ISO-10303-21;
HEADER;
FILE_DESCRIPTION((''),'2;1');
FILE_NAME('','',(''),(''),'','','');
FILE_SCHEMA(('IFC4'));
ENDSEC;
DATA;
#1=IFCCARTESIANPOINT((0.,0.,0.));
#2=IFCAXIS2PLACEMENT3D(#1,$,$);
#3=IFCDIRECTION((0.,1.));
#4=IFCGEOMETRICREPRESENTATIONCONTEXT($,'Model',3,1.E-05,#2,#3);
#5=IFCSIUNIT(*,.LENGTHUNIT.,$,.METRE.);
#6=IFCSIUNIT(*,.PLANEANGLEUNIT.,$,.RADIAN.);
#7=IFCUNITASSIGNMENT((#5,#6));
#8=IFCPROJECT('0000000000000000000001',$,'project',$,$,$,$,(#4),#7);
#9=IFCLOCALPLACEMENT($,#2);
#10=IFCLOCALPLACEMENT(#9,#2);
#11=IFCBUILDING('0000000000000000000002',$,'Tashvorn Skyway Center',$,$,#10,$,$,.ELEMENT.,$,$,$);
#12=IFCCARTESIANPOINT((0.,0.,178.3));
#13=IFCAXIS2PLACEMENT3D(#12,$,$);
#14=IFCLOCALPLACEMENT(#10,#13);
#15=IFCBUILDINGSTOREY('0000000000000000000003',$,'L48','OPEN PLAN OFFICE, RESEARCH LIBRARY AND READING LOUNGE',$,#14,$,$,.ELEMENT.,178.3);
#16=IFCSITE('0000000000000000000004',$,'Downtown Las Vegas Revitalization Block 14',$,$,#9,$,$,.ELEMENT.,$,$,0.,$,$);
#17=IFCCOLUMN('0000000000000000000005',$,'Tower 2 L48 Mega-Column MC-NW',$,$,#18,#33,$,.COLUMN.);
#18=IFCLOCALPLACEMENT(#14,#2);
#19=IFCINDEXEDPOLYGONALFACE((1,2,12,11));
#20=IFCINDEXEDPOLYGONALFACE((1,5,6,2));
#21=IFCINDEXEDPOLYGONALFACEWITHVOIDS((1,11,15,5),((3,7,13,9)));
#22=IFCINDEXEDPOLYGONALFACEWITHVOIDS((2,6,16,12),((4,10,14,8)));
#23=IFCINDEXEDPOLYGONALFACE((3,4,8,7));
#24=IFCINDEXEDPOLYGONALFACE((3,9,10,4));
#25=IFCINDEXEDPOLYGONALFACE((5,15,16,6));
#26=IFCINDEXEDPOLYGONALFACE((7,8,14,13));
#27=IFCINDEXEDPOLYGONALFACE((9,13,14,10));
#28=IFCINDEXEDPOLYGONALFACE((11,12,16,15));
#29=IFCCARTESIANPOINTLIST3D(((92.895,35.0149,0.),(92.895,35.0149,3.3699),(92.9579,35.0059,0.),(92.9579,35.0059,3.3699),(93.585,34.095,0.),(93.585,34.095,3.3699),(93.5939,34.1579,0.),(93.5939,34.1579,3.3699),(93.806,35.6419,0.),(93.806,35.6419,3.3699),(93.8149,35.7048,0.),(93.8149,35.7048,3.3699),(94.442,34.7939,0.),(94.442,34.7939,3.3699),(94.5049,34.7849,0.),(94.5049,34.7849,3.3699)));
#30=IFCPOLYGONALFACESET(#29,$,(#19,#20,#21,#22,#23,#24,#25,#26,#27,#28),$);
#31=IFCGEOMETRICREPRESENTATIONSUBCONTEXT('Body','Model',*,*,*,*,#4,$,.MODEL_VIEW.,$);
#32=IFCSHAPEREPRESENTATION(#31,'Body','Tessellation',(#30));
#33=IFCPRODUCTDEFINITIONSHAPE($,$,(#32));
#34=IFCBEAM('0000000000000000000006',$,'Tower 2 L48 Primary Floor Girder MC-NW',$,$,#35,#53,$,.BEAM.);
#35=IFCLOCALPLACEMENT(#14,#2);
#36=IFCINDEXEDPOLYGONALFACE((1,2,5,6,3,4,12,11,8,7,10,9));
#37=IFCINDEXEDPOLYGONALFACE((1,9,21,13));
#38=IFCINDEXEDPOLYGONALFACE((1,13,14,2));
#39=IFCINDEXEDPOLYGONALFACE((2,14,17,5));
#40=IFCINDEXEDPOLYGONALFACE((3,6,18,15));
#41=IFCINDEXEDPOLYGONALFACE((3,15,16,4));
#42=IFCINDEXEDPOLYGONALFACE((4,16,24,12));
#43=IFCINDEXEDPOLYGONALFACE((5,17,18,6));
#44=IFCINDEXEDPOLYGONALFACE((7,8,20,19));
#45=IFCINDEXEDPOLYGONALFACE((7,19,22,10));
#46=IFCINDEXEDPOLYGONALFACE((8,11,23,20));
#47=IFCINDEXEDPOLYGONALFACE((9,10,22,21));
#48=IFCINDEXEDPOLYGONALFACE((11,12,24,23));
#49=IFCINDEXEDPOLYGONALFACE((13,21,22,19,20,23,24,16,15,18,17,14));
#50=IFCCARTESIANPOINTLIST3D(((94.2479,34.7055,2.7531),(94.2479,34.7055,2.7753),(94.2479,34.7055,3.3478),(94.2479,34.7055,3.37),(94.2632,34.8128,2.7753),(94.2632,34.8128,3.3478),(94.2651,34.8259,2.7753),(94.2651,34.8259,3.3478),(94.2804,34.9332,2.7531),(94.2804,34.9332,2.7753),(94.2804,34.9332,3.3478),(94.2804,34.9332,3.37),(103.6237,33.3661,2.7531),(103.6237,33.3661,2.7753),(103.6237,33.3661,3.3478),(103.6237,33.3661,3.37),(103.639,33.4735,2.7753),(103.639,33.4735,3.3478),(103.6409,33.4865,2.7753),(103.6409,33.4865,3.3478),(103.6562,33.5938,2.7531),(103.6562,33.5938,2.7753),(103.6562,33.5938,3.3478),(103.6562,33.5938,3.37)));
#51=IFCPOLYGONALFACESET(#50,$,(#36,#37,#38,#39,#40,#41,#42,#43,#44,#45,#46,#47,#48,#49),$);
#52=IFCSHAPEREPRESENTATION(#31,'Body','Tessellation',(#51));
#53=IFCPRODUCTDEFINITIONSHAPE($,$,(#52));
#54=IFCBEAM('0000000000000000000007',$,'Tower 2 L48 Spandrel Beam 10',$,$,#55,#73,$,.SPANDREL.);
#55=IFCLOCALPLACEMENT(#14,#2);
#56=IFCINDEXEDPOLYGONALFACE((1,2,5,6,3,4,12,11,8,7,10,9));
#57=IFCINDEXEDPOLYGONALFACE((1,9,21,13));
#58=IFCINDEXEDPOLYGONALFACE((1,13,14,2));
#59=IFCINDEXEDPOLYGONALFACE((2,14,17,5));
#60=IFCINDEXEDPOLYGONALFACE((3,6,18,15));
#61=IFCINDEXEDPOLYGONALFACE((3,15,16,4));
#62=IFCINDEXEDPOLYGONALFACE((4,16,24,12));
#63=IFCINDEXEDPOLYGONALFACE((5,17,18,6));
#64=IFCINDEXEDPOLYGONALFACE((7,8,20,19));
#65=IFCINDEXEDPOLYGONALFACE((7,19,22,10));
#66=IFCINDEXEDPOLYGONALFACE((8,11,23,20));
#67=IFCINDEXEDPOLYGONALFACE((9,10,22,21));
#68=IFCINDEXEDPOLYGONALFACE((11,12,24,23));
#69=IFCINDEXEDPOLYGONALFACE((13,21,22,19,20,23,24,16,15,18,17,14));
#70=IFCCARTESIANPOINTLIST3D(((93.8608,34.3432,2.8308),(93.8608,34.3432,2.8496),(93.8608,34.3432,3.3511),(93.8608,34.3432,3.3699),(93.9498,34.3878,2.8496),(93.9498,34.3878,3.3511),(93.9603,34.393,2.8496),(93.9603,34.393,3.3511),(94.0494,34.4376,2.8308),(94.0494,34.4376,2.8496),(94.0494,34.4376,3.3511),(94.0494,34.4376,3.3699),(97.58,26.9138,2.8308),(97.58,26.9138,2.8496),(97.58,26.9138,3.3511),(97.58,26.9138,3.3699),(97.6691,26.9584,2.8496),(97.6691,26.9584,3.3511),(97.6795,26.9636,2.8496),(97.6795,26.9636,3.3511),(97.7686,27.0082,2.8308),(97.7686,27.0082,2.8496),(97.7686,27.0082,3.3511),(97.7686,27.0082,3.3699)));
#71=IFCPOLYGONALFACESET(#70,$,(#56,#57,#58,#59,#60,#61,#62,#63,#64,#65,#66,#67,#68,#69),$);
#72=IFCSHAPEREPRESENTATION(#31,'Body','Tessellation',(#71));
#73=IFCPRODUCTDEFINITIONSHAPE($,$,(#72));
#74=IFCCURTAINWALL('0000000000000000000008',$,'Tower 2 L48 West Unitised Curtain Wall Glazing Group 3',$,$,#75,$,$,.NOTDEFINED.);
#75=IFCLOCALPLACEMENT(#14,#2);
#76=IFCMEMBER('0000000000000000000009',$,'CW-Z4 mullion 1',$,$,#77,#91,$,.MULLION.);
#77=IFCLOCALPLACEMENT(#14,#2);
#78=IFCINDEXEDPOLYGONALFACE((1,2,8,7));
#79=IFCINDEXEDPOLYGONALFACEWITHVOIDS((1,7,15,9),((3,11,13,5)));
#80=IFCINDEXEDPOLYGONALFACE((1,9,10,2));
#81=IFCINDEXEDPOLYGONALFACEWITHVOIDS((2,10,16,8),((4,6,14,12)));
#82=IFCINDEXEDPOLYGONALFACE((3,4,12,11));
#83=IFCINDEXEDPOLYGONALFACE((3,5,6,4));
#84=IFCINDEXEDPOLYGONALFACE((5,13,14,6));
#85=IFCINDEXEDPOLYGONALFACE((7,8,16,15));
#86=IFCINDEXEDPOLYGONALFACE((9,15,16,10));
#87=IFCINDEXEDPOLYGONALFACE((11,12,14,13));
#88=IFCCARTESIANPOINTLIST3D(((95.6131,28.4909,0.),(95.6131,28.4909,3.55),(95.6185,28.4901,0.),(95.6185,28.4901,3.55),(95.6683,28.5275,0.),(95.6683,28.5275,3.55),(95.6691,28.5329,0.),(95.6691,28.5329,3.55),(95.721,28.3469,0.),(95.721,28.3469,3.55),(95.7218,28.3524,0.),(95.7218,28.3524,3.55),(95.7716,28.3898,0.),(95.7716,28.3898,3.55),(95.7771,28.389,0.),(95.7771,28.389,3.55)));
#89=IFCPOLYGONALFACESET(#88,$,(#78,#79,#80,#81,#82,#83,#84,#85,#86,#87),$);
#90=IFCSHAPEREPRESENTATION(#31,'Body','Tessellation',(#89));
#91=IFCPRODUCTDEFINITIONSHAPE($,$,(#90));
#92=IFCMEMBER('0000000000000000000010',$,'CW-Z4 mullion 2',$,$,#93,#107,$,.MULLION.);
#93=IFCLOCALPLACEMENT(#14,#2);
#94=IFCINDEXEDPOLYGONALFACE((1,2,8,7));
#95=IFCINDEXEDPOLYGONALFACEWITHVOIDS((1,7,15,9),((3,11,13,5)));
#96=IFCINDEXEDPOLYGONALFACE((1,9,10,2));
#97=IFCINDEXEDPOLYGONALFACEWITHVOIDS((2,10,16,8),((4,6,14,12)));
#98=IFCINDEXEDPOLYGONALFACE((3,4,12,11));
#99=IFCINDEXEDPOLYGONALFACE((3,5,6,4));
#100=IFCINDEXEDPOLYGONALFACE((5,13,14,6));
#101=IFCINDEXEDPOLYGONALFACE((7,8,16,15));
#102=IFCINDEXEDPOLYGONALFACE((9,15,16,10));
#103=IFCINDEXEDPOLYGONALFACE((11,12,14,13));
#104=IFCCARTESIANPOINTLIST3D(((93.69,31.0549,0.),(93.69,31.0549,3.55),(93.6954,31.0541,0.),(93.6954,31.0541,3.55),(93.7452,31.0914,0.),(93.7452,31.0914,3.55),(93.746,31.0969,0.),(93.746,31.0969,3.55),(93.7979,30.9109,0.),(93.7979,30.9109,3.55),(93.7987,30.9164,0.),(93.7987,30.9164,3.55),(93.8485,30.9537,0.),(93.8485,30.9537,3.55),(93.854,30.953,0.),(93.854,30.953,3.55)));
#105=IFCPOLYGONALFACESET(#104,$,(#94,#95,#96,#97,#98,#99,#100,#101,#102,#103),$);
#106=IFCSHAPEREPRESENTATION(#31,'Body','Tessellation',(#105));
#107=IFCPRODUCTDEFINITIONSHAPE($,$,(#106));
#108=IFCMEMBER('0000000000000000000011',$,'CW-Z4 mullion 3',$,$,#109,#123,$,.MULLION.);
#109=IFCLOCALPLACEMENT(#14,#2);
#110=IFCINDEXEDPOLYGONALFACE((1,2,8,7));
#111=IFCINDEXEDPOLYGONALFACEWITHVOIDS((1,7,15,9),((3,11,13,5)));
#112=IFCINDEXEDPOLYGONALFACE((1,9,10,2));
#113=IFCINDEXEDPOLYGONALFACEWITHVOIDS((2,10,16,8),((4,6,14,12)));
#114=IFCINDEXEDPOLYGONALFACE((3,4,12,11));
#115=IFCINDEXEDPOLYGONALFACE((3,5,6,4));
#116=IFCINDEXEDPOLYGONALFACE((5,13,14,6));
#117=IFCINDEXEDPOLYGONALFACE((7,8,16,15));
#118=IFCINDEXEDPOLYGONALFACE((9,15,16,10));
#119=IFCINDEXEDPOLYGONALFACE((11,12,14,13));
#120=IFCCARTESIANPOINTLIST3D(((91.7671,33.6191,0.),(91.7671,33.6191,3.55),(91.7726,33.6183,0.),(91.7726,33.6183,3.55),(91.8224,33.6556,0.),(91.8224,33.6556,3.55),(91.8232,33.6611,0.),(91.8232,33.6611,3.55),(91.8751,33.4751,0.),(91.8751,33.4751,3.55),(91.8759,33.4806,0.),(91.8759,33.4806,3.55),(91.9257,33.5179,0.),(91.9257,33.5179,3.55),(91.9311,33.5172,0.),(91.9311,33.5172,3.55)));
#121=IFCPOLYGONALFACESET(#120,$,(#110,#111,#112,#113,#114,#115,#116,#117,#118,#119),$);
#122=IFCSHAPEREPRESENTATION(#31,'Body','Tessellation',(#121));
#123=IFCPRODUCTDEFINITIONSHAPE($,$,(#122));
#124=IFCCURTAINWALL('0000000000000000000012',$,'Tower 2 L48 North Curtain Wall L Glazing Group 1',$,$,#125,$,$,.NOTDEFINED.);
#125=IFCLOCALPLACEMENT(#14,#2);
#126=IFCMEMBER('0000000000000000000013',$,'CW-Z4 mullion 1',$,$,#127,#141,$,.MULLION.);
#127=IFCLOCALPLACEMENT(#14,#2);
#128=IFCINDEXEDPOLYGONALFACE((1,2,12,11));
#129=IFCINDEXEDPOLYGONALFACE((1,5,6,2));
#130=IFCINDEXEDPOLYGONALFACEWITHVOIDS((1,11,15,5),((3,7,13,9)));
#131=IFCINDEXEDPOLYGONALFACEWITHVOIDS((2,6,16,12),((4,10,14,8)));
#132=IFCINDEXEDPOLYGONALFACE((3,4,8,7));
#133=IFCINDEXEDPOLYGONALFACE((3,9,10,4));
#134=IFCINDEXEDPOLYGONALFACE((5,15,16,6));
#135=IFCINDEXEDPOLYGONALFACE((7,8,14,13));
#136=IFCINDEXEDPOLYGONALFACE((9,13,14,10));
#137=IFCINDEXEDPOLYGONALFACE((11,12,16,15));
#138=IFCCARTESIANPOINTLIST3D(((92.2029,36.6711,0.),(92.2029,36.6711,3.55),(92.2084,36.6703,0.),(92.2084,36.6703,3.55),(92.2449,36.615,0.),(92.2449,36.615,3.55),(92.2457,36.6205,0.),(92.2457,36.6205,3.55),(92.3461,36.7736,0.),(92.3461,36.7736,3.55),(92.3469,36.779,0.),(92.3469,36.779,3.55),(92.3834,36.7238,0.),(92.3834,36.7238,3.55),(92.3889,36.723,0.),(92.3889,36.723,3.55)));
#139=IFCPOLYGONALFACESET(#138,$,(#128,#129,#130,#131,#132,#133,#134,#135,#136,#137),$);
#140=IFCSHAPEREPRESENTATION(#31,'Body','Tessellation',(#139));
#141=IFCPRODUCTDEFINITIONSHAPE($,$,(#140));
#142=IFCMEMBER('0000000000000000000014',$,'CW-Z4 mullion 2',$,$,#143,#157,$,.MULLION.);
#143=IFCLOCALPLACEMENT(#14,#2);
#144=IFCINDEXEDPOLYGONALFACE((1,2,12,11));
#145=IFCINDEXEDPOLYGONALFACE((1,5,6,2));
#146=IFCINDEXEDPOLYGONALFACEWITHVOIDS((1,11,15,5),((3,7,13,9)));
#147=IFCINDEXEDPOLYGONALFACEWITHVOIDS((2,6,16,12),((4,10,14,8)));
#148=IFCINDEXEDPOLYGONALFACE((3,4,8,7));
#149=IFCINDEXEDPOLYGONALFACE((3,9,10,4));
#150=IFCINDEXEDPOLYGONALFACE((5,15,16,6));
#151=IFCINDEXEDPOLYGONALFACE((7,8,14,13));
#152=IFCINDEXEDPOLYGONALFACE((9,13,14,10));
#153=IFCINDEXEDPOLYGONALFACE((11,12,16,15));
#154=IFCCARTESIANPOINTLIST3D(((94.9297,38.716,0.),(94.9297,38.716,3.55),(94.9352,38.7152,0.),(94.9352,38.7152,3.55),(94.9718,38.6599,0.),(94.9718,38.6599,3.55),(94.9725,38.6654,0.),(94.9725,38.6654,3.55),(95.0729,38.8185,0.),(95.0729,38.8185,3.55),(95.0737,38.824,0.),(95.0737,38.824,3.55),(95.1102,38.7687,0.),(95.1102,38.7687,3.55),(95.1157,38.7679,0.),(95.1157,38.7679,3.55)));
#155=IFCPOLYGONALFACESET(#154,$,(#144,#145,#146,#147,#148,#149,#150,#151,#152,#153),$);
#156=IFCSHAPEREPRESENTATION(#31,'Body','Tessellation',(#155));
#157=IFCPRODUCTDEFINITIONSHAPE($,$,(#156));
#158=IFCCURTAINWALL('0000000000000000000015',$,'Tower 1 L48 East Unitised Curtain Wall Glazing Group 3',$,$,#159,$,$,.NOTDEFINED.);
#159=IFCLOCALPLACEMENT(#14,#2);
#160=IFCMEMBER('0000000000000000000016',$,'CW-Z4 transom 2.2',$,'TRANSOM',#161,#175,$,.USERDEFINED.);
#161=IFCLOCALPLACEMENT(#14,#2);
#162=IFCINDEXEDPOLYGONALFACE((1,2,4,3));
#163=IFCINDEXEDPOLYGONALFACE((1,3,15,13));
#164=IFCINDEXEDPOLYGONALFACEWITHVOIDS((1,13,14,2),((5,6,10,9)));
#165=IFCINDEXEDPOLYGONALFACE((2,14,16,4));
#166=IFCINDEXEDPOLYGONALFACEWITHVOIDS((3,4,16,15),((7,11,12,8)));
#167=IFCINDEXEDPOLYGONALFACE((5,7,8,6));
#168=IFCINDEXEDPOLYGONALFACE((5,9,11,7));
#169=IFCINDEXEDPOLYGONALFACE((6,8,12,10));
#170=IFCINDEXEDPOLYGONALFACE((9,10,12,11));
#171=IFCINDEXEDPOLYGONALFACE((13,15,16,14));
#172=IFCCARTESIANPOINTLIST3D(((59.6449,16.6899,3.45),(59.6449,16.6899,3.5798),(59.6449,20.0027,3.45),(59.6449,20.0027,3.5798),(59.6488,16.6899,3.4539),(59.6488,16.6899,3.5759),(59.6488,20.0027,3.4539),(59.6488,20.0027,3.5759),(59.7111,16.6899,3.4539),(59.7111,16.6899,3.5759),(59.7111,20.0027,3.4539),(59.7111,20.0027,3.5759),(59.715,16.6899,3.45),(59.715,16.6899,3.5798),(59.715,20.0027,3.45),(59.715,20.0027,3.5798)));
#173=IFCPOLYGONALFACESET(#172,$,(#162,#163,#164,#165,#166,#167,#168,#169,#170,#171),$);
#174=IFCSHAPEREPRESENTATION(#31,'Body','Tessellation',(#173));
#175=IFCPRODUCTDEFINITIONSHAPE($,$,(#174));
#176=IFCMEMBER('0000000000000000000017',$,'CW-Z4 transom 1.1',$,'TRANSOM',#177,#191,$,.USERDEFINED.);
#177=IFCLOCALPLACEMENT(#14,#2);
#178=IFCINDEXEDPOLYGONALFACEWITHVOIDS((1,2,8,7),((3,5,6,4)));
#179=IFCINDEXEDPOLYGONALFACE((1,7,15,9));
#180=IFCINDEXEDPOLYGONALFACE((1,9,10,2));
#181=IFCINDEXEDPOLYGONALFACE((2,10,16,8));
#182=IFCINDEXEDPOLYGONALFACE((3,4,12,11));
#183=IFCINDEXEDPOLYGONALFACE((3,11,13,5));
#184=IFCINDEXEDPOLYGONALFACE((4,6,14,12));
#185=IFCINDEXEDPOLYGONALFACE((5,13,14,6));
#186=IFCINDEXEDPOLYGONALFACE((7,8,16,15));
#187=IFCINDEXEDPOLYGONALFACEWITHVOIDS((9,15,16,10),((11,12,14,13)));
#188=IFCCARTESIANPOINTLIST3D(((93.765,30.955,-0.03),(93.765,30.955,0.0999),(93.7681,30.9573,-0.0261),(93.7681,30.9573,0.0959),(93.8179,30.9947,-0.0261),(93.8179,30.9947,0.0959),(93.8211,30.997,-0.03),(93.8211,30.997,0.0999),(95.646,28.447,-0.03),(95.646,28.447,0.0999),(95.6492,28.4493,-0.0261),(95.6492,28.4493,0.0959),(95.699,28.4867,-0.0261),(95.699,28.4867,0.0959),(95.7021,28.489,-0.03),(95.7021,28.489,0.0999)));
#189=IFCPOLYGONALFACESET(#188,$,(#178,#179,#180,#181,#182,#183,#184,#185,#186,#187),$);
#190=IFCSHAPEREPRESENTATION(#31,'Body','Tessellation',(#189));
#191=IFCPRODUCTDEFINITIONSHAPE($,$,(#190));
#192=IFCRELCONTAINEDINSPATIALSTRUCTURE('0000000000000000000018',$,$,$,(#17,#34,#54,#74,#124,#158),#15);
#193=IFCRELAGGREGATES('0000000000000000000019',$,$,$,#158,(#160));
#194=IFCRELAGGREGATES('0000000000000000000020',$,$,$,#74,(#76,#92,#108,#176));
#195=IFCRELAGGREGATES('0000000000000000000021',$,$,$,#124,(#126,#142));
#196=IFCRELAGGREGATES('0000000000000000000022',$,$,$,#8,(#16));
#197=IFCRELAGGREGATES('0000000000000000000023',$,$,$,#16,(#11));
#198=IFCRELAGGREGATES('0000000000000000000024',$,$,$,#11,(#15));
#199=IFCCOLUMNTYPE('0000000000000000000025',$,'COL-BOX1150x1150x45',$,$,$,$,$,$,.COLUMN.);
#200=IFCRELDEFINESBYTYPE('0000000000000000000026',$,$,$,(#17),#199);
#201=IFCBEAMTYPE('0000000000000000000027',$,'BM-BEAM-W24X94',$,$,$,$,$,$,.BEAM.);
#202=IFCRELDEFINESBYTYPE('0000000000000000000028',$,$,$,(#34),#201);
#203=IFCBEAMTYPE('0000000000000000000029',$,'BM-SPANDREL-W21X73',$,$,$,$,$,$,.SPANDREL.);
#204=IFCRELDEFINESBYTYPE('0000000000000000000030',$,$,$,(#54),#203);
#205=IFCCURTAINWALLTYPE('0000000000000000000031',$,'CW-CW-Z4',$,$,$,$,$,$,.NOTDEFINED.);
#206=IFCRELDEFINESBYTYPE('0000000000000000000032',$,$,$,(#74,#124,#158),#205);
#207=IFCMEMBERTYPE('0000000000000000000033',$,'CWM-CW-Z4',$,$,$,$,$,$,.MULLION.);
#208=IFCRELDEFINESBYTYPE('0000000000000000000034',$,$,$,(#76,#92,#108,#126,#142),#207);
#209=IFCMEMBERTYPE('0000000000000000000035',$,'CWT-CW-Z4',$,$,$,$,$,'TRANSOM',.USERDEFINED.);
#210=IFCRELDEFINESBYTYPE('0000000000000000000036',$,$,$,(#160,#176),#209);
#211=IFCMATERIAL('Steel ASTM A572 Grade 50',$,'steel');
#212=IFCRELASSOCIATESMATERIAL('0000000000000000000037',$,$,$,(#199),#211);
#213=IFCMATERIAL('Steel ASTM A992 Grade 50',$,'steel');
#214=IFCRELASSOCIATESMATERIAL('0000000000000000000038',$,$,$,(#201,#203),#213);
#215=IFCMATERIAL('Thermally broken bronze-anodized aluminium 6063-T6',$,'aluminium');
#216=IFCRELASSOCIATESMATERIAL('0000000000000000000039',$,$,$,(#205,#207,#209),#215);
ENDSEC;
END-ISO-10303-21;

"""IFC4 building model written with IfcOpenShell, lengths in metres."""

from ifc_helpers import new_model, si_unit, direction, frame, origin, origin_2d, place, context, subcontext, project, spatial, hollow_rectangle, i_section, extrude, material, material_profile, profile_set, type_object, element, aggregate, save


model = new_model("IFC4")

# Units and contexts
model_context = context("Model", 3, precision=1e-05, world=origin(), true_north=direction((0.0, 1.0)))
body_context = subcontext(model_context, "Body", "Model", "MODEL_VIEW")
ifc_project = project(units=[si_unit("LENGTHUNIT", "METRE"), si_unit("PLANEANGLEUNIT", "RADIAN")], contexts=[model_context])

# Site, building, storey
site_placement = place(None, origin())
site = spatial("IfcSite", under=ifc_project, at=site_placement, Name="Downtown Las Vegas Revitalization Block 14", CompositionType="ELEMENT", RefElevation=0.0)
building_placement = place(site_placement, origin())
building = spatial("IfcBuilding", under=site, at=building_placement, Name="Tashvorn Skyway Center", CompositionType="ELEMENT")
storey_placement = place(building_placement, frame((0.0, 0.0, 178.3)))
storey = spatial("IfcBuildingStorey", under=building, at=storey_placement, Name="L48", Description="OPEN PLAN OFFICE, RESEARCH LIBRARY AND READING LOUNGE", CompositionType="ELEMENT", Elevation=178.3)

# Column
ifc_material_1 = material(Name="Steel ASTM A572 Grade 50", Category="steel")
ifc_material_profile_1 = material_profile(ifc_material_1, hollow_rectangle(XDim=1.1499, YDim=1.1499, WallThickness=0.0449, at=origin_2d()), Name="BOX1150x1150x45")
ifc_profile_set_1 = profile_set([ifc_material_profile_1], Name="Steel ASTM A572 Grade 50")
column_type = type_object("IfcColumnType", Name="COL-BOX1150x1150x45", PredefinedType="COLUMN", material=ifc_profile_set_1)
column_placement = place(storey_placement, frame((93.7, 34.8999, 0.0), z_axis=(0.0, 0.0, 1.0), x_axis=(0.8, 0.6, 0.0)))
element("IfcColumn", 1, at=column_placement, inside=storey, type_object=column_type, Name="Tower 2 L48 Mega-Column MC-NW", PredefinedType="COLUMN", context=body_context, shape_type="SweptSolid", body=[
    extrude(hollow_rectangle(XDim=1.1499, YDim=1.1499, WallThickness=0.0449, at=origin_2d()), origin(), (0.0, 0.0, 1.0), 3.3699),
])

# Beams
ifc_material_2 = material(Name="Steel ASTM A992 Grade 50", Category="steel")
ifc_material_profile_2 = material_profile(ifc_material_2, i_section(OverallWidth=0.23, OverallDepth=0.6169, WebThickness=0.0132, FlangeThickness=0.0222, at=origin_2d()), Name="W24X94")
ifc_profile_set_2 = profile_set([ifc_material_profile_2], Name="Steel ASTM A992 Grade 50")
beam_type_1 = type_object("IfcBeamType", Name="BM-BEAM-W24X94", PredefinedType="BEAM", material=ifc_profile_set_2)
beam_1_placement = place(storey_placement, frame((94.2642, 34.8193, 3.0615), z_axis=(0.98995, -0.141418, 0.0), x_axis=(0.141418, 0.98995, 0.0)))
element("IfcBeam", 2, at=beam_1_placement, inside=storey, type_object=beam_type_1, Name="Tower 2 L48 Primary Floor Girder MC-NW", PredefinedType="BEAM", context=body_context, shape_type="SweptSolid", body=[
    extrude(i_section(OverallWidth=0.23, OverallDepth=0.6169, WebThickness=0.0132, FlangeThickness=0.0222, at=origin_2d()), origin(), (0.0, 0.0, 1.0), 9.4709),
])
ifc_material_profile_3 = material_profile(ifc_material_2, i_section(OverallWidth=0.2109, OverallDepth=0.5391, WebThickness=0.0117, FlangeThickness=0.0188, at=origin_2d()), Name="W21X73")
ifc_profile_set_3 = profile_set([ifc_material_profile_3], Name="Steel ASTM A992 Grade 50")
beam_type_2 = type_object("IfcBeamType", Name="BM-SPANDREL-W21X73", PredefinedType="SPANDREL", material=ifc_profile_set_3)
beam_2_placement = place(storey_placement, frame((93.9551, 34.3904, 3.1003), z_axis=(0.447648, -0.89421, 0.0), x_axis=(0.89421, 0.447648, 0.0)))
element("IfcBeam", 3, at=beam_2_placement, inside=storey, type_object=beam_type_2, Name="Tower 2 L48 Spandrel Beam 10", PredefinedType="SPANDREL", context=body_context, shape_type="SweptSolid", body=[
    extrude(i_section(OverallWidth=0.2109, OverallDepth=0.5391, WebThickness=0.0117, FlangeThickness=0.0188, at=origin_2d()), origin(), (0.0, 0.0, 1.0), 8.3083),
])

# Curtain walls, members
ifc_material_3 = material(Name="Thermally broken bronze-anodized aluminium 6063-T6", Category="aluminium")
curtain_wall_type = type_object("IfcCurtainWallType", Name="CW-CW-Z4", PredefinedType="NOTDEFINED", material=ifc_material_3)
curtain_wall_1_placement = place(storey_placement, origin())
curtain_wall_1 = element("IfcCurtainWall", 4, at=curtain_wall_1_placement, inside=storey, type_object=curtain_wall_type, Name="Tower 2 L48 West Unitised Curtain Wall Glazing Group 3", PredefinedType="NOTDEFINED")
ifc_material_profile_4 = material_profile(ifc_material_3, hollow_rectangle(XDim=0.0701, YDim=0.1799, WallThickness=0.0039, at=origin_2d()), Name="ALU-MULL-70x180")
ifc_profile_set_4 = profile_set([ifc_material_profile_4], Name="Thermally broken bronze-anodized aluminium 6063-T6")
member_type_1 = type_object("IfcMemberType", Name="CWM-CW-Z4", PredefinedType="MULLION", material=ifc_profile_set_4)
member_1_placement = place(storey_placement, frame((95.6951, 28.4399, 0.0), z_axis=(0.0, 0.0, 1.0), x_axis=(-0.8, -0.6, 0.0)))
member_1 = element("IfcMember", 5, at=member_1_placement, type_object=member_type_1, Name="CW-Z4 mullion 1", PredefinedType="MULLION", context=body_context, shape_type="SweptSolid", body=[
    extrude(hollow_rectangle(XDim=0.0701, YDim=0.1799, WallThickness=0.0039, at=origin_2d()), origin(), (0.0, 0.0, 1.0), 3.55),
])
member_2_placement = place(storey_placement, frame((93.772, 31.0039, 0.0), z_axis=(0.0, 0.0, 1.0), x_axis=(-0.8, -0.6, 0.0)))
member_2 = element("IfcMember", 6, at=member_2_placement, type_object=member_type_1, Name="CW-Z4 mullion 2", PredefinedType="MULLION", context=body_context, shape_type="SweptSolid", body=[
    extrude(hollow_rectangle(XDim=0.0701, YDim=0.1799, WallThickness=0.0039, at=origin_2d()), origin(), (0.0, 0.0, 1.0), 3.55),
])
member_3_placement = place(storey_placement, frame((91.8491, 33.5681, 0.0), z_axis=(0.0, 0.0, 1.0), x_axis=(-0.8, -0.6, 0.0)))
member_3 = element("IfcMember", 7, at=member_3_placement, type_object=member_type_1, Name="CW-Z4 mullion 3", PredefinedType="MULLION", context=body_context, shape_type="SweptSolid", body=[
    extrude(hollow_rectangle(XDim=0.0701, YDim=0.1799, WallThickness=0.0039, at=origin_2d()), origin(), (0.0, 0.0, 1.0), 3.55),
])
curtain_wall_2_placement = place(storey_placement, origin())
curtain_wall_2 = element("IfcCurtainWall", 8, at=curtain_wall_2_placement, inside=storey, type_object=curtain_wall_type, Name="Tower 2 L48 North Curtain Wall L Glazing Group 1", PredefinedType="NOTDEFINED")
member_4_placement = place(storey_placement, frame((92.2959, 36.697, 0.0), z_axis=(0.0, 0.0, 1.0), x_axis=(-0.600002, 0.799998, 0.0)))
member_4 = element("IfcMember", 9, at=member_4_placement, type_object=member_type_1, Name="CW-Z4 mullion 1", PredefinedType="MULLION", context=body_context, shape_type="SweptSolid", body=[
    extrude(hollow_rectangle(XDim=0.0701, YDim=0.1799, WallThickness=0.0039, at=origin_2d()), origin(), (0.0, 0.0, 1.0), 3.55),
])
member_5_placement = place(storey_placement, frame((95.0227, 38.7419, 0.0), z_axis=(0.0, 0.0, 1.0), x_axis=(-0.600002, 0.799998, 0.0)))
member_5 = element("IfcMember", 10, at=member_5_placement, type_object=member_type_1, Name="CW-Z4 mullion 2", PredefinedType="MULLION", context=body_context, shape_type="SweptSolid", body=[
    extrude(hollow_rectangle(XDim=0.0701, YDim=0.1799, WallThickness=0.0039, at=origin_2d()), origin(), (0.0, 0.0, 1.0), 3.55),
])

# Curtain wall, member
curtain_wall_3_placement = place(storey_placement, origin())
curtain_wall_3 = element("IfcCurtainWall", 11, at=curtain_wall_3_placement, inside=storey, type_object=curtain_wall_type, Name="Tower 1 L48 East Unitised Curtain Wall Glazing Group 3", PredefinedType="NOTDEFINED")
ifc_material_profile_5 = material_profile(ifc_material_3, hollow_rectangle(XDim=0.0701, YDim=0.1299, WallThickness=0.0039, at=origin_2d()), Name="ALU-TRAN-70x130")
ifc_profile_set_5 = profile_set([ifc_material_profile_5], Name="Thermally broken bronze-anodized aluminium 6063-T6")
member_type_2 = type_object("IfcMemberType", Name="CWT-CW-Z4", ElementType="TRANSOM", PredefinedType="USERDEFINED", material=ifc_profile_set_5)
member_6_placement = place(storey_placement, frame((59.6799, 20.0027, 3.5149), z_axis=(0.0, -1.0, 0.0), x_axis=(1.0, 0.0, 0.0)))
member_6 = element("IfcMember", 12, at=member_6_placement, type_object=member_type_2, Name="CW-Z4 transom 2.2", ObjectType="TRANSOM", PredefinedType="USERDEFINED", context=body_context, shape_type="SweptSolid", body=[
    extrude(hollow_rectangle(XDim=0.0701, YDim=0.1299, WallThickness=0.0039, at=origin_2d()), origin(), (0.0, 0.0, 1.0), 3.3127),
])

# Member
member_7_placement = place(storey_placement, frame((95.6741, 28.468, 0.0349), z_axis=(-0.600012, 0.799991, 0.0), x_axis=(-0.799991, -0.600012, 0.0)))
member_7 = element("IfcMember", 13, at=member_7_placement, type_object=member_type_2, Name="CW-Z4 transom 1.1", ObjectType="TRANSOM", PredefinedType="USERDEFINED", context=body_context, shape_type="SweptSolid", body=[
    extrude(hollow_rectangle(XDim=0.0701, YDim=0.1299, WallThickness=0.0039, at=origin_2d()), origin(), (0.0, 0.0, 1.0), 3.135),
])

aggregate(curtain_wall_3, [member_6])
aggregate(curtain_wall_1, [member_1, member_2, member_3, member_7])
aggregate(curtain_wall_2, [member_4, member_5])

save(model, "model.ifc")
